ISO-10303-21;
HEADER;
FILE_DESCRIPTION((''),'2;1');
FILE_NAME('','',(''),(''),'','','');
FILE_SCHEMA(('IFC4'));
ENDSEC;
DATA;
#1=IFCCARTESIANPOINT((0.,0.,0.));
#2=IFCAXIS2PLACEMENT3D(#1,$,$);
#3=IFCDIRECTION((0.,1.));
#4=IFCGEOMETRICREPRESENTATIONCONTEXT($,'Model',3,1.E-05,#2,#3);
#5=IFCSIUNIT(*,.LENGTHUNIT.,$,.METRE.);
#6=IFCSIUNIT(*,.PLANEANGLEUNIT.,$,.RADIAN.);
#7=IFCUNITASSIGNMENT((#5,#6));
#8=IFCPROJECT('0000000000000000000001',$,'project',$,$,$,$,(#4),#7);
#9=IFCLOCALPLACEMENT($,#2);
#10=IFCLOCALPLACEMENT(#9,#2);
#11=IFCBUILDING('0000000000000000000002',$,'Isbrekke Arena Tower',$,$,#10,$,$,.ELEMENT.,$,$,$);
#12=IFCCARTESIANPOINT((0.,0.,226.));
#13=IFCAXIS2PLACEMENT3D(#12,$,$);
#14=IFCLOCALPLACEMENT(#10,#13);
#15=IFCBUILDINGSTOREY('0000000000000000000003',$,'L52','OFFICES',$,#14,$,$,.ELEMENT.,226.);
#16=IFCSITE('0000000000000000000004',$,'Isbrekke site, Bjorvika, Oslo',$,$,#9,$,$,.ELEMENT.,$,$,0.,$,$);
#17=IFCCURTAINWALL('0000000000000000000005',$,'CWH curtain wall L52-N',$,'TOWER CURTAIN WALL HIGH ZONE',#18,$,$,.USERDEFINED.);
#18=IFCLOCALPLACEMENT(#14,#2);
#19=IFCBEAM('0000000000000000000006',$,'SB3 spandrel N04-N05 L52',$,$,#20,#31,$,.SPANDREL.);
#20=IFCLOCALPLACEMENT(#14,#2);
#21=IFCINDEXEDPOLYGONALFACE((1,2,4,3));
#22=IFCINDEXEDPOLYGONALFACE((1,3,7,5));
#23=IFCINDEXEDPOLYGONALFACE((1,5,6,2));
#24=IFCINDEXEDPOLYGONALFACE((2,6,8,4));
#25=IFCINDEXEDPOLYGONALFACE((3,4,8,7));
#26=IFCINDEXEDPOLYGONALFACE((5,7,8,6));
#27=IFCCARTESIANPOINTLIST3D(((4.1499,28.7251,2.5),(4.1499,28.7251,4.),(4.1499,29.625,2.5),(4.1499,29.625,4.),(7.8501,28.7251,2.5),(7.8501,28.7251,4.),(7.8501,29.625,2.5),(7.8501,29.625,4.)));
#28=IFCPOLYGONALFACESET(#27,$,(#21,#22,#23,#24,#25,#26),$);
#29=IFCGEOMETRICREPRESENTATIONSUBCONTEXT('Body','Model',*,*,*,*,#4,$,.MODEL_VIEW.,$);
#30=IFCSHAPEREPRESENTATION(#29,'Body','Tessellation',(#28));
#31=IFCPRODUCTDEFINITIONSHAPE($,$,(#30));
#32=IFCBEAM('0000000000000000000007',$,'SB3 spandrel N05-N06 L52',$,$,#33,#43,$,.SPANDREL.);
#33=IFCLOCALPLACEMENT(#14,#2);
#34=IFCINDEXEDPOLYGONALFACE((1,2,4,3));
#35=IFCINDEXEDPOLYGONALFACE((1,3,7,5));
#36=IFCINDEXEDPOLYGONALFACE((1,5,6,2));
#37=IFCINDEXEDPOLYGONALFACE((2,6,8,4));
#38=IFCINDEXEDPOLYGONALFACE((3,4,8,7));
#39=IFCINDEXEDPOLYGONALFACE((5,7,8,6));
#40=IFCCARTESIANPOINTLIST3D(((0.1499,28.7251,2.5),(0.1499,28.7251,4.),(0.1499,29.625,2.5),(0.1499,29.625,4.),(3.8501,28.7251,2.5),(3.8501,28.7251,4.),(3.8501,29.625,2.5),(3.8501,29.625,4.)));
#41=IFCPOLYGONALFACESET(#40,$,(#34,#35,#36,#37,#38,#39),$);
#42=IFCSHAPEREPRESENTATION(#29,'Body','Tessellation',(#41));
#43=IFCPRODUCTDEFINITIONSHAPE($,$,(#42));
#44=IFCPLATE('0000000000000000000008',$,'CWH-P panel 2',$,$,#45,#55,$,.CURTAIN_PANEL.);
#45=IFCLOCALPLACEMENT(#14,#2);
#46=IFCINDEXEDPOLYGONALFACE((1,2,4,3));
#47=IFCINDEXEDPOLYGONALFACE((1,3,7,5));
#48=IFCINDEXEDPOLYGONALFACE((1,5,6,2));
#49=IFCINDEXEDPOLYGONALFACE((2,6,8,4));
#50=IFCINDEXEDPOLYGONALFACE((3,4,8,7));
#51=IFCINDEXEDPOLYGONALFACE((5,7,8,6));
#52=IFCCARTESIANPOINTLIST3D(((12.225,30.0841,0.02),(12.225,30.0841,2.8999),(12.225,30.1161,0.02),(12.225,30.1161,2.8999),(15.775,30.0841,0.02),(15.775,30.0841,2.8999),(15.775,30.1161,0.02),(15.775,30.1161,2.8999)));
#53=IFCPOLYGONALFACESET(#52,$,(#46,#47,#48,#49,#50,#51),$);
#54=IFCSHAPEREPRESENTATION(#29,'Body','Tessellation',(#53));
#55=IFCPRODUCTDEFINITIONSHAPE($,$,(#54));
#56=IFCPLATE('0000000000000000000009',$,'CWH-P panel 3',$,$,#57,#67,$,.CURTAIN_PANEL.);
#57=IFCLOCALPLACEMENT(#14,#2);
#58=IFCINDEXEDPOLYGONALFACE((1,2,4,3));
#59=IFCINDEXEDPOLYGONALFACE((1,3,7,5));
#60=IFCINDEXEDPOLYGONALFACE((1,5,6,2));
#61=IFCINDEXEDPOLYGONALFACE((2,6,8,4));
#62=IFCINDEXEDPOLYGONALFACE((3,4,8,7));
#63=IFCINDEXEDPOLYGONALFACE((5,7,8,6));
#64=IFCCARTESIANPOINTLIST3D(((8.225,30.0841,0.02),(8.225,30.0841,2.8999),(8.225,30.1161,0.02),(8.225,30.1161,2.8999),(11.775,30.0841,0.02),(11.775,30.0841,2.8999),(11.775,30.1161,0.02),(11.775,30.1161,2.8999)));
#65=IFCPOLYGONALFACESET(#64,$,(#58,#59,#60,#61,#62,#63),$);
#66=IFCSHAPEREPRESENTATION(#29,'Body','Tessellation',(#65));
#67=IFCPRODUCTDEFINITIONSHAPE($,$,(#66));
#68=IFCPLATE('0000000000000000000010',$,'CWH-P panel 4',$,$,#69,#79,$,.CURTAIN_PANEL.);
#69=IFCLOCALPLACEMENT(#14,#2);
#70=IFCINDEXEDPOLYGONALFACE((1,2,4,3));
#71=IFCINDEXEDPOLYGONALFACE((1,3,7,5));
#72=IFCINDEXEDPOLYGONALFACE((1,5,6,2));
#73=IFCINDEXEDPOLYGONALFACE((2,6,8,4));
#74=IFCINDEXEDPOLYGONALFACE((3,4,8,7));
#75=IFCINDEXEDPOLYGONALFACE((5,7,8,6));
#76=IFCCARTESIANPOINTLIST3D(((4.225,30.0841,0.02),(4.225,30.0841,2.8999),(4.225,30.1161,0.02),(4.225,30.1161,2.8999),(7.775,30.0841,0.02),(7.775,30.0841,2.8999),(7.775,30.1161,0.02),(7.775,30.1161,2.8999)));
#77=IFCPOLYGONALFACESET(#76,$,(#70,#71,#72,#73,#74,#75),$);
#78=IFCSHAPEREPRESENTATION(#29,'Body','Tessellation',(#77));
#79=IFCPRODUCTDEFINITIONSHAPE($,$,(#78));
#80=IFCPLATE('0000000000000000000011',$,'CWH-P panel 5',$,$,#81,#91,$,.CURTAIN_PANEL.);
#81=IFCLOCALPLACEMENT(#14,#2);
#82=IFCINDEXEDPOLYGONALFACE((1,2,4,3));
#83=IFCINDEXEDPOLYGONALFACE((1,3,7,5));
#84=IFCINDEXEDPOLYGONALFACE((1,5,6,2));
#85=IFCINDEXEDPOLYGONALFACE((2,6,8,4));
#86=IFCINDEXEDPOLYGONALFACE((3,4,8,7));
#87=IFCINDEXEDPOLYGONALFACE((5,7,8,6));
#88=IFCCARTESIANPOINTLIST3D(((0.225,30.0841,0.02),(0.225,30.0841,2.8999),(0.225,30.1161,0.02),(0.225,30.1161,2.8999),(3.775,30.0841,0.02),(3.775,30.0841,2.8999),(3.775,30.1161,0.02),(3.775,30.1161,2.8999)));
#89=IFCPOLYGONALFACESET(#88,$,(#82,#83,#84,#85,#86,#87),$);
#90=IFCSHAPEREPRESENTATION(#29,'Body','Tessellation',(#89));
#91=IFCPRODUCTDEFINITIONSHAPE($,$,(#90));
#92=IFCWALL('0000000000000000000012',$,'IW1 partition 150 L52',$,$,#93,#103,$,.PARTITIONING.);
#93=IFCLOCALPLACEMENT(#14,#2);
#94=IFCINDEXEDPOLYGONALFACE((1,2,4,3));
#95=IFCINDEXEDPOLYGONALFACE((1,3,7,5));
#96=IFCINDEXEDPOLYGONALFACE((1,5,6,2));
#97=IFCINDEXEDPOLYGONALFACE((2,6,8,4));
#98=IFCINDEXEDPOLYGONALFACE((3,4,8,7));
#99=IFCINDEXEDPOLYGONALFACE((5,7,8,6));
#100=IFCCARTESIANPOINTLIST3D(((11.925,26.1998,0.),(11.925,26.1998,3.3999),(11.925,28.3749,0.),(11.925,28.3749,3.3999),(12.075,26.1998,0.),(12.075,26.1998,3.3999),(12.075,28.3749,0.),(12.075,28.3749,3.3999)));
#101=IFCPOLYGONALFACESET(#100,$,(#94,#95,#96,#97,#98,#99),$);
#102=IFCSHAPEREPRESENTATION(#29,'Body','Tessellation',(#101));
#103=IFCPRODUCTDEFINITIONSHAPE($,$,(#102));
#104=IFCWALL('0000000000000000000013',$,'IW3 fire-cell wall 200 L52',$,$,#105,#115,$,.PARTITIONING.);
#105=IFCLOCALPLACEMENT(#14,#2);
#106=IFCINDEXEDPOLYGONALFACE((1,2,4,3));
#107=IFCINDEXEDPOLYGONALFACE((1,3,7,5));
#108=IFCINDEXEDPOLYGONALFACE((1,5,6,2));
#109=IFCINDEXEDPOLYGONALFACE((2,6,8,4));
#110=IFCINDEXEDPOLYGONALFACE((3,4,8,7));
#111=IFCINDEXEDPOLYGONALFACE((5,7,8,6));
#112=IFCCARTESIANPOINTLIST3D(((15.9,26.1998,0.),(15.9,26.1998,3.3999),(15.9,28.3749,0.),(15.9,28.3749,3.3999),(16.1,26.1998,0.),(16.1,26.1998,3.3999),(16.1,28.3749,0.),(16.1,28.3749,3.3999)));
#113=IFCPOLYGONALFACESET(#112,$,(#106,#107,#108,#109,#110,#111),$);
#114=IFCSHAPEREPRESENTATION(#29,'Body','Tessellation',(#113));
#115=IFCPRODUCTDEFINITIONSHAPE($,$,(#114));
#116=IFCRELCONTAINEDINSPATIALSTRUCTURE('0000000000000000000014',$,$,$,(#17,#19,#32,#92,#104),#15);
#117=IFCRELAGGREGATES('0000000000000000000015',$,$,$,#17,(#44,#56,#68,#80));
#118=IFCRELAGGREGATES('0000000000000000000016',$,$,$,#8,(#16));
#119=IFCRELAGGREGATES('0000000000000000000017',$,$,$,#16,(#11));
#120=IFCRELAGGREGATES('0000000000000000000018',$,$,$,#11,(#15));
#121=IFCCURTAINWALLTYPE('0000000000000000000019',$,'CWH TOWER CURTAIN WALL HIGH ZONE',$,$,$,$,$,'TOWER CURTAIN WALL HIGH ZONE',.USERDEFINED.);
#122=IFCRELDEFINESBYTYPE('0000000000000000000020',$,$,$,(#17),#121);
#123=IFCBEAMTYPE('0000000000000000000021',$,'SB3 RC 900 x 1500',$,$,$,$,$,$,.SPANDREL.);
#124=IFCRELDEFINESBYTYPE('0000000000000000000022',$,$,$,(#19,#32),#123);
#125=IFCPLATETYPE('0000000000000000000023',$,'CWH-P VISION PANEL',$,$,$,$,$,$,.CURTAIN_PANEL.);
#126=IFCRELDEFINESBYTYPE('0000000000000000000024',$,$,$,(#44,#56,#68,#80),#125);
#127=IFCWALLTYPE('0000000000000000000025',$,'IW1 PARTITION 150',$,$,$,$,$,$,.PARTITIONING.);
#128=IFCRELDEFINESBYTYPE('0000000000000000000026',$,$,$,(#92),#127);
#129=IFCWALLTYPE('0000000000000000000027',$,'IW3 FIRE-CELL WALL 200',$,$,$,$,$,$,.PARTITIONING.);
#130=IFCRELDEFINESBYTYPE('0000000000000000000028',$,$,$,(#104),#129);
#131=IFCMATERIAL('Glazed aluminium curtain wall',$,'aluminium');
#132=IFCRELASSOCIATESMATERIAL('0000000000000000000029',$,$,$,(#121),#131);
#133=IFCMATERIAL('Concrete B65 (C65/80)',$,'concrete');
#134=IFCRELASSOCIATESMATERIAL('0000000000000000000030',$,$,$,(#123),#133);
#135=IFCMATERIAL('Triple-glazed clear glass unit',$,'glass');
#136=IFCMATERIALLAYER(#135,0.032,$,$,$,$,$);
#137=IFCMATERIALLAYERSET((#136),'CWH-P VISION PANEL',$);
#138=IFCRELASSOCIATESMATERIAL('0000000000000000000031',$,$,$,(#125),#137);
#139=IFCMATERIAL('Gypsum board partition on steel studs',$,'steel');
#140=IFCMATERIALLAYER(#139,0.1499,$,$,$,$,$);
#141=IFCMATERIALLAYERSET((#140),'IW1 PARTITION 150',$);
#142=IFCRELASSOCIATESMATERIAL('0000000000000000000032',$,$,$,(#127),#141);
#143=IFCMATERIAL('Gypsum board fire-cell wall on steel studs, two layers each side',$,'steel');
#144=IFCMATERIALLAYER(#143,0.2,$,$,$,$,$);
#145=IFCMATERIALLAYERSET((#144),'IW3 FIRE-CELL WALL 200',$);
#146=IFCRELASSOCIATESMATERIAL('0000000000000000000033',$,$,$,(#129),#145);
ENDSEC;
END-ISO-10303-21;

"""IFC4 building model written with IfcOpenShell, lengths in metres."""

from ifc_helpers import new_model, si_unit, direction, frame, frame_2d, origin, origin_2d, place, context, subcontext, project, spatial, rectangle, extrude, material, layer, layer_set, material_profile, profile_set, type_object, element, aggregate, save


model = new_model("IFC4")

# Units and contexts
model_context = context("Model", 3, precision=1e-05, world=origin(), true_north=direction((0.0, 1.0)))
body_context = subcontext(model_context, "Body", "Model", "MODEL_VIEW")
ifc_project = project(units=[si_unit("LENGTHUNIT", "METRE"), si_unit("PLANEANGLEUNIT", "RADIAN")], contexts=[model_context])

# Site, building, storey
site_placement = place(None, origin())
site = spatial("IfcSite", under=ifc_project, at=site_placement, Name="Isbrekke site, Bjorvika, Oslo", CompositionType="ELEMENT", RefElevation=0.0)
building_placement = place(site_placement, origin())
building = spatial("IfcBuilding", under=site, at=building_placement, Name="Isbrekke Arena Tower", CompositionType="ELEMENT")
storey_placement = place(building_placement, frame((0.0, 0.0, 226.0)))
storey = spatial("IfcBuildingStorey", under=building, at=storey_placement, Name="L52", Description="OFFICES", CompositionType="ELEMENT", Elevation=226.0)

# Curtain wall
ifc_material_1 = material(Name="Glazed aluminium curtain wall", Category="aluminium")
curtain_wall_type = type_object("IfcCurtainWallType", Name="CWH TOWER CURTAIN WALL HIGH ZONE", ElementType="TOWER CURTAIN WALL HIGH ZONE", PredefinedType="USERDEFINED", material=ifc_material_1)
curtain_wall_placement = place(storey_placement, origin())
curtain_wall = element("IfcCurtainWall", 1, at=curtain_wall_placement, inside=storey, type_object=curtain_wall_type, Name="CWH curtain wall L52-N", ObjectType="TOWER CURTAIN WALL HIGH ZONE", PredefinedType="USERDEFINED")

# Beams
ifc_material_2 = material(Name="Concrete B65 (C65/80)", Category="concrete")
ifc_material_profile_1 = material_profile(ifc_material_2, rectangle(XDim=0.8999, YDim=1.5, at=origin_2d()), Name="RC 900x1500")
ifc_profile_set_1 = profile_set([ifc_material_profile_1], Name="Concrete B65 (C65/80)")
beam_type_1 = type_object("IfcBeamType", Name="SB3 RC 900 x 1500", PredefinedType="SPANDREL", material=ifc_profile_set_1)
for number, where, z_axis, x_axis, name in (
    (2, (7.8501, 29.175, 3.25), (-1.0, 0.0, 0.0), (0.0, -1.0, 0.0), "SB3 spandrel N04-N05 L52"),
    (3, (3.8501, 29.175, 3.25), (-1.0, 0.0, 0.0), (0.0, -1.0, 0.0), "SB3 spandrel N05-N06 L52"),
):
    element("IfcBeam", number, at=place(storey_placement, frame(where, z_axis=z_axis, x_axis=x_axis)), inside=storey, type_object=beam_type_1, Name=name, PredefinedType="SPANDREL", context=body_context, shape_type="SweptSolid", body=[
        extrude(rectangle(XDim=0.8999, YDim=1.5, at=origin_2d()), origin(), (0.0, 0.0, 1.0), 3.7002),
    ])

# Plates
ifc_material_3 = material(Name="Triple-glazed clear glass unit", Category="glass")
ifc_layer_1 = layer(ifc_material_3, 0.032)
ifc_layer_set_1 = layer_set([ifc_layer_1], Name="CWH-P VISION PANEL")
plate_type = type_object("IfcPlateType", Name="CWH-P VISION PANEL", PredefinedType="CURTAIN_PANEL", material=ifc_layer_set_1)
plate_1_placement = place(storey_placement, frame((14.0, 30.1001, 0.02), z_axis=(0.0, 0.0, 1.0), x_axis=(-1.0, 0.0, 0.0)))
plate_1 = element("IfcPlate", 4, at=plate_1_placement, type_object=plate_type, Name="CWH-P panel 2", PredefinedType="CURTAIN_PANEL", context=body_context, shape_type="SweptSolid", body=[
    extrude(rectangle(XDim=3.55, YDim=0.032, at=origin_2d()), origin(), (0.0, 0.0, 1.0), 2.8799),
])
plate_2_placement = place(storey_placement, frame((10.0, 30.1001, 0.02), z_axis=(0.0, 0.0, 1.0), x_axis=(-1.0, 0.0, 0.0)))
plate_2 = element("IfcPlate", 5, at=plate_2_placement, type_object=plate_type, Name="CWH-P panel 3", PredefinedType="CURTAIN_PANEL", context=body_context, shape_type="SweptSolid", body=[
    extrude(rectangle(XDim=3.55, YDim=0.032, at=origin_2d()), origin(), (0.0, 0.0, 1.0), 2.8799),
])
plate_3_placement = place(storey_placement, frame((6.0, 30.1001, 0.02), z_axis=(0.0, 0.0, 1.0), x_axis=(-1.0, 0.0, 0.0)))
plate_3 = element("IfcPlate", 6, at=plate_3_placement, type_object=plate_type, Name="CWH-P panel 4", PredefinedType="CURTAIN_PANEL", context=body_context, shape_type="SweptSolid", body=[
    extrude(rectangle(XDim=3.55, YDim=0.032, at=origin_2d()), origin(), (0.0, 0.0, 1.0), 2.8799),
])
plate_4_placement = place(storey_placement, frame((2.0, 30.1001, 0.02), z_axis=(0.0, 0.0, 1.0), x_axis=(-1.0, 0.0, 0.0)))
plate_4 = element("IfcPlate", 7, at=plate_4_placement, type_object=plate_type, Name="CWH-P panel 5", PredefinedType="CURTAIN_PANEL", context=body_context, shape_type="SweptSolid", body=[
    extrude(rectangle(XDim=3.55, YDim=0.032, at=origin_2d()), origin(), (0.0, 0.0, 1.0), 2.8799),
])
aggregate(curtain_wall, [plate_1, plate_2, plate_3, plate_4])

# Walls
ifc_material_4 = material(Name="Gypsum board partition on steel studs", Category="steel")
ifc_layer_2 = layer(ifc_material_4, 0.1499)
ifc_layer_set_2 = layer_set([ifc_layer_2], Name="IW1 PARTITION 150")
wall_type_1 = type_object("IfcWallType", Name="IW1 PARTITION 150", PredefinedType="PARTITIONING", material=ifc_layer_set_2)
wall_1_placement = place(storey_placement, frame((12.0, 26.2, 0.0), z_axis=(0.0, 0.0, 1.0), x_axis=(0.0, 1.0, 0.0)))
element("IfcWall", 8, at=wall_1_placement, inside=storey, type_object=wall_type_1, Name="IW1 partition 150 L52", PredefinedType="PARTITIONING", context=body_context, shape_type="SweptSolid", body=[
    extrude(rectangle(XDim=2.175, YDim=0.1499, at=frame_2d((1.0874, 0.0))), origin(), (0.0, 0.0, 1.0), 3.3999),
])
ifc_material_5 = material(Name="Gypsum board fire-cell wall on steel studs, two layers each side", Category="steel")
ifc_layer_3 = layer(ifc_material_5, 0.2)
ifc_layer_set_3 = layer_set([ifc_layer_3], Name="IW3 FIRE-CELL WALL 200")
wall_type_2 = type_object("IfcWallType", Name="IW3 FIRE-CELL WALL 200", PredefinedType="PARTITIONING", material=ifc_layer_set_3)
wall_2_placement = place(storey_placement, frame((16.0, 26.2, 0.0), z_axis=(0.0, 0.0, 1.0), x_axis=(0.0, 1.0, 0.0)))
element("IfcWall", 9, at=wall_2_placement, inside=storey, type_object=wall_type_2, Name="IW3 fire-cell wall 200 L52", PredefinedType="PARTITIONING", context=body_context, shape_type="SweptSolid", body=[
    extrude(rectangle(XDim=2.175, YDim=0.2, at=frame_2d((1.0874, 0.0))), origin(), (0.0, 0.0, 1.0), 3.3999),
])

save(model, "model.ifc")
